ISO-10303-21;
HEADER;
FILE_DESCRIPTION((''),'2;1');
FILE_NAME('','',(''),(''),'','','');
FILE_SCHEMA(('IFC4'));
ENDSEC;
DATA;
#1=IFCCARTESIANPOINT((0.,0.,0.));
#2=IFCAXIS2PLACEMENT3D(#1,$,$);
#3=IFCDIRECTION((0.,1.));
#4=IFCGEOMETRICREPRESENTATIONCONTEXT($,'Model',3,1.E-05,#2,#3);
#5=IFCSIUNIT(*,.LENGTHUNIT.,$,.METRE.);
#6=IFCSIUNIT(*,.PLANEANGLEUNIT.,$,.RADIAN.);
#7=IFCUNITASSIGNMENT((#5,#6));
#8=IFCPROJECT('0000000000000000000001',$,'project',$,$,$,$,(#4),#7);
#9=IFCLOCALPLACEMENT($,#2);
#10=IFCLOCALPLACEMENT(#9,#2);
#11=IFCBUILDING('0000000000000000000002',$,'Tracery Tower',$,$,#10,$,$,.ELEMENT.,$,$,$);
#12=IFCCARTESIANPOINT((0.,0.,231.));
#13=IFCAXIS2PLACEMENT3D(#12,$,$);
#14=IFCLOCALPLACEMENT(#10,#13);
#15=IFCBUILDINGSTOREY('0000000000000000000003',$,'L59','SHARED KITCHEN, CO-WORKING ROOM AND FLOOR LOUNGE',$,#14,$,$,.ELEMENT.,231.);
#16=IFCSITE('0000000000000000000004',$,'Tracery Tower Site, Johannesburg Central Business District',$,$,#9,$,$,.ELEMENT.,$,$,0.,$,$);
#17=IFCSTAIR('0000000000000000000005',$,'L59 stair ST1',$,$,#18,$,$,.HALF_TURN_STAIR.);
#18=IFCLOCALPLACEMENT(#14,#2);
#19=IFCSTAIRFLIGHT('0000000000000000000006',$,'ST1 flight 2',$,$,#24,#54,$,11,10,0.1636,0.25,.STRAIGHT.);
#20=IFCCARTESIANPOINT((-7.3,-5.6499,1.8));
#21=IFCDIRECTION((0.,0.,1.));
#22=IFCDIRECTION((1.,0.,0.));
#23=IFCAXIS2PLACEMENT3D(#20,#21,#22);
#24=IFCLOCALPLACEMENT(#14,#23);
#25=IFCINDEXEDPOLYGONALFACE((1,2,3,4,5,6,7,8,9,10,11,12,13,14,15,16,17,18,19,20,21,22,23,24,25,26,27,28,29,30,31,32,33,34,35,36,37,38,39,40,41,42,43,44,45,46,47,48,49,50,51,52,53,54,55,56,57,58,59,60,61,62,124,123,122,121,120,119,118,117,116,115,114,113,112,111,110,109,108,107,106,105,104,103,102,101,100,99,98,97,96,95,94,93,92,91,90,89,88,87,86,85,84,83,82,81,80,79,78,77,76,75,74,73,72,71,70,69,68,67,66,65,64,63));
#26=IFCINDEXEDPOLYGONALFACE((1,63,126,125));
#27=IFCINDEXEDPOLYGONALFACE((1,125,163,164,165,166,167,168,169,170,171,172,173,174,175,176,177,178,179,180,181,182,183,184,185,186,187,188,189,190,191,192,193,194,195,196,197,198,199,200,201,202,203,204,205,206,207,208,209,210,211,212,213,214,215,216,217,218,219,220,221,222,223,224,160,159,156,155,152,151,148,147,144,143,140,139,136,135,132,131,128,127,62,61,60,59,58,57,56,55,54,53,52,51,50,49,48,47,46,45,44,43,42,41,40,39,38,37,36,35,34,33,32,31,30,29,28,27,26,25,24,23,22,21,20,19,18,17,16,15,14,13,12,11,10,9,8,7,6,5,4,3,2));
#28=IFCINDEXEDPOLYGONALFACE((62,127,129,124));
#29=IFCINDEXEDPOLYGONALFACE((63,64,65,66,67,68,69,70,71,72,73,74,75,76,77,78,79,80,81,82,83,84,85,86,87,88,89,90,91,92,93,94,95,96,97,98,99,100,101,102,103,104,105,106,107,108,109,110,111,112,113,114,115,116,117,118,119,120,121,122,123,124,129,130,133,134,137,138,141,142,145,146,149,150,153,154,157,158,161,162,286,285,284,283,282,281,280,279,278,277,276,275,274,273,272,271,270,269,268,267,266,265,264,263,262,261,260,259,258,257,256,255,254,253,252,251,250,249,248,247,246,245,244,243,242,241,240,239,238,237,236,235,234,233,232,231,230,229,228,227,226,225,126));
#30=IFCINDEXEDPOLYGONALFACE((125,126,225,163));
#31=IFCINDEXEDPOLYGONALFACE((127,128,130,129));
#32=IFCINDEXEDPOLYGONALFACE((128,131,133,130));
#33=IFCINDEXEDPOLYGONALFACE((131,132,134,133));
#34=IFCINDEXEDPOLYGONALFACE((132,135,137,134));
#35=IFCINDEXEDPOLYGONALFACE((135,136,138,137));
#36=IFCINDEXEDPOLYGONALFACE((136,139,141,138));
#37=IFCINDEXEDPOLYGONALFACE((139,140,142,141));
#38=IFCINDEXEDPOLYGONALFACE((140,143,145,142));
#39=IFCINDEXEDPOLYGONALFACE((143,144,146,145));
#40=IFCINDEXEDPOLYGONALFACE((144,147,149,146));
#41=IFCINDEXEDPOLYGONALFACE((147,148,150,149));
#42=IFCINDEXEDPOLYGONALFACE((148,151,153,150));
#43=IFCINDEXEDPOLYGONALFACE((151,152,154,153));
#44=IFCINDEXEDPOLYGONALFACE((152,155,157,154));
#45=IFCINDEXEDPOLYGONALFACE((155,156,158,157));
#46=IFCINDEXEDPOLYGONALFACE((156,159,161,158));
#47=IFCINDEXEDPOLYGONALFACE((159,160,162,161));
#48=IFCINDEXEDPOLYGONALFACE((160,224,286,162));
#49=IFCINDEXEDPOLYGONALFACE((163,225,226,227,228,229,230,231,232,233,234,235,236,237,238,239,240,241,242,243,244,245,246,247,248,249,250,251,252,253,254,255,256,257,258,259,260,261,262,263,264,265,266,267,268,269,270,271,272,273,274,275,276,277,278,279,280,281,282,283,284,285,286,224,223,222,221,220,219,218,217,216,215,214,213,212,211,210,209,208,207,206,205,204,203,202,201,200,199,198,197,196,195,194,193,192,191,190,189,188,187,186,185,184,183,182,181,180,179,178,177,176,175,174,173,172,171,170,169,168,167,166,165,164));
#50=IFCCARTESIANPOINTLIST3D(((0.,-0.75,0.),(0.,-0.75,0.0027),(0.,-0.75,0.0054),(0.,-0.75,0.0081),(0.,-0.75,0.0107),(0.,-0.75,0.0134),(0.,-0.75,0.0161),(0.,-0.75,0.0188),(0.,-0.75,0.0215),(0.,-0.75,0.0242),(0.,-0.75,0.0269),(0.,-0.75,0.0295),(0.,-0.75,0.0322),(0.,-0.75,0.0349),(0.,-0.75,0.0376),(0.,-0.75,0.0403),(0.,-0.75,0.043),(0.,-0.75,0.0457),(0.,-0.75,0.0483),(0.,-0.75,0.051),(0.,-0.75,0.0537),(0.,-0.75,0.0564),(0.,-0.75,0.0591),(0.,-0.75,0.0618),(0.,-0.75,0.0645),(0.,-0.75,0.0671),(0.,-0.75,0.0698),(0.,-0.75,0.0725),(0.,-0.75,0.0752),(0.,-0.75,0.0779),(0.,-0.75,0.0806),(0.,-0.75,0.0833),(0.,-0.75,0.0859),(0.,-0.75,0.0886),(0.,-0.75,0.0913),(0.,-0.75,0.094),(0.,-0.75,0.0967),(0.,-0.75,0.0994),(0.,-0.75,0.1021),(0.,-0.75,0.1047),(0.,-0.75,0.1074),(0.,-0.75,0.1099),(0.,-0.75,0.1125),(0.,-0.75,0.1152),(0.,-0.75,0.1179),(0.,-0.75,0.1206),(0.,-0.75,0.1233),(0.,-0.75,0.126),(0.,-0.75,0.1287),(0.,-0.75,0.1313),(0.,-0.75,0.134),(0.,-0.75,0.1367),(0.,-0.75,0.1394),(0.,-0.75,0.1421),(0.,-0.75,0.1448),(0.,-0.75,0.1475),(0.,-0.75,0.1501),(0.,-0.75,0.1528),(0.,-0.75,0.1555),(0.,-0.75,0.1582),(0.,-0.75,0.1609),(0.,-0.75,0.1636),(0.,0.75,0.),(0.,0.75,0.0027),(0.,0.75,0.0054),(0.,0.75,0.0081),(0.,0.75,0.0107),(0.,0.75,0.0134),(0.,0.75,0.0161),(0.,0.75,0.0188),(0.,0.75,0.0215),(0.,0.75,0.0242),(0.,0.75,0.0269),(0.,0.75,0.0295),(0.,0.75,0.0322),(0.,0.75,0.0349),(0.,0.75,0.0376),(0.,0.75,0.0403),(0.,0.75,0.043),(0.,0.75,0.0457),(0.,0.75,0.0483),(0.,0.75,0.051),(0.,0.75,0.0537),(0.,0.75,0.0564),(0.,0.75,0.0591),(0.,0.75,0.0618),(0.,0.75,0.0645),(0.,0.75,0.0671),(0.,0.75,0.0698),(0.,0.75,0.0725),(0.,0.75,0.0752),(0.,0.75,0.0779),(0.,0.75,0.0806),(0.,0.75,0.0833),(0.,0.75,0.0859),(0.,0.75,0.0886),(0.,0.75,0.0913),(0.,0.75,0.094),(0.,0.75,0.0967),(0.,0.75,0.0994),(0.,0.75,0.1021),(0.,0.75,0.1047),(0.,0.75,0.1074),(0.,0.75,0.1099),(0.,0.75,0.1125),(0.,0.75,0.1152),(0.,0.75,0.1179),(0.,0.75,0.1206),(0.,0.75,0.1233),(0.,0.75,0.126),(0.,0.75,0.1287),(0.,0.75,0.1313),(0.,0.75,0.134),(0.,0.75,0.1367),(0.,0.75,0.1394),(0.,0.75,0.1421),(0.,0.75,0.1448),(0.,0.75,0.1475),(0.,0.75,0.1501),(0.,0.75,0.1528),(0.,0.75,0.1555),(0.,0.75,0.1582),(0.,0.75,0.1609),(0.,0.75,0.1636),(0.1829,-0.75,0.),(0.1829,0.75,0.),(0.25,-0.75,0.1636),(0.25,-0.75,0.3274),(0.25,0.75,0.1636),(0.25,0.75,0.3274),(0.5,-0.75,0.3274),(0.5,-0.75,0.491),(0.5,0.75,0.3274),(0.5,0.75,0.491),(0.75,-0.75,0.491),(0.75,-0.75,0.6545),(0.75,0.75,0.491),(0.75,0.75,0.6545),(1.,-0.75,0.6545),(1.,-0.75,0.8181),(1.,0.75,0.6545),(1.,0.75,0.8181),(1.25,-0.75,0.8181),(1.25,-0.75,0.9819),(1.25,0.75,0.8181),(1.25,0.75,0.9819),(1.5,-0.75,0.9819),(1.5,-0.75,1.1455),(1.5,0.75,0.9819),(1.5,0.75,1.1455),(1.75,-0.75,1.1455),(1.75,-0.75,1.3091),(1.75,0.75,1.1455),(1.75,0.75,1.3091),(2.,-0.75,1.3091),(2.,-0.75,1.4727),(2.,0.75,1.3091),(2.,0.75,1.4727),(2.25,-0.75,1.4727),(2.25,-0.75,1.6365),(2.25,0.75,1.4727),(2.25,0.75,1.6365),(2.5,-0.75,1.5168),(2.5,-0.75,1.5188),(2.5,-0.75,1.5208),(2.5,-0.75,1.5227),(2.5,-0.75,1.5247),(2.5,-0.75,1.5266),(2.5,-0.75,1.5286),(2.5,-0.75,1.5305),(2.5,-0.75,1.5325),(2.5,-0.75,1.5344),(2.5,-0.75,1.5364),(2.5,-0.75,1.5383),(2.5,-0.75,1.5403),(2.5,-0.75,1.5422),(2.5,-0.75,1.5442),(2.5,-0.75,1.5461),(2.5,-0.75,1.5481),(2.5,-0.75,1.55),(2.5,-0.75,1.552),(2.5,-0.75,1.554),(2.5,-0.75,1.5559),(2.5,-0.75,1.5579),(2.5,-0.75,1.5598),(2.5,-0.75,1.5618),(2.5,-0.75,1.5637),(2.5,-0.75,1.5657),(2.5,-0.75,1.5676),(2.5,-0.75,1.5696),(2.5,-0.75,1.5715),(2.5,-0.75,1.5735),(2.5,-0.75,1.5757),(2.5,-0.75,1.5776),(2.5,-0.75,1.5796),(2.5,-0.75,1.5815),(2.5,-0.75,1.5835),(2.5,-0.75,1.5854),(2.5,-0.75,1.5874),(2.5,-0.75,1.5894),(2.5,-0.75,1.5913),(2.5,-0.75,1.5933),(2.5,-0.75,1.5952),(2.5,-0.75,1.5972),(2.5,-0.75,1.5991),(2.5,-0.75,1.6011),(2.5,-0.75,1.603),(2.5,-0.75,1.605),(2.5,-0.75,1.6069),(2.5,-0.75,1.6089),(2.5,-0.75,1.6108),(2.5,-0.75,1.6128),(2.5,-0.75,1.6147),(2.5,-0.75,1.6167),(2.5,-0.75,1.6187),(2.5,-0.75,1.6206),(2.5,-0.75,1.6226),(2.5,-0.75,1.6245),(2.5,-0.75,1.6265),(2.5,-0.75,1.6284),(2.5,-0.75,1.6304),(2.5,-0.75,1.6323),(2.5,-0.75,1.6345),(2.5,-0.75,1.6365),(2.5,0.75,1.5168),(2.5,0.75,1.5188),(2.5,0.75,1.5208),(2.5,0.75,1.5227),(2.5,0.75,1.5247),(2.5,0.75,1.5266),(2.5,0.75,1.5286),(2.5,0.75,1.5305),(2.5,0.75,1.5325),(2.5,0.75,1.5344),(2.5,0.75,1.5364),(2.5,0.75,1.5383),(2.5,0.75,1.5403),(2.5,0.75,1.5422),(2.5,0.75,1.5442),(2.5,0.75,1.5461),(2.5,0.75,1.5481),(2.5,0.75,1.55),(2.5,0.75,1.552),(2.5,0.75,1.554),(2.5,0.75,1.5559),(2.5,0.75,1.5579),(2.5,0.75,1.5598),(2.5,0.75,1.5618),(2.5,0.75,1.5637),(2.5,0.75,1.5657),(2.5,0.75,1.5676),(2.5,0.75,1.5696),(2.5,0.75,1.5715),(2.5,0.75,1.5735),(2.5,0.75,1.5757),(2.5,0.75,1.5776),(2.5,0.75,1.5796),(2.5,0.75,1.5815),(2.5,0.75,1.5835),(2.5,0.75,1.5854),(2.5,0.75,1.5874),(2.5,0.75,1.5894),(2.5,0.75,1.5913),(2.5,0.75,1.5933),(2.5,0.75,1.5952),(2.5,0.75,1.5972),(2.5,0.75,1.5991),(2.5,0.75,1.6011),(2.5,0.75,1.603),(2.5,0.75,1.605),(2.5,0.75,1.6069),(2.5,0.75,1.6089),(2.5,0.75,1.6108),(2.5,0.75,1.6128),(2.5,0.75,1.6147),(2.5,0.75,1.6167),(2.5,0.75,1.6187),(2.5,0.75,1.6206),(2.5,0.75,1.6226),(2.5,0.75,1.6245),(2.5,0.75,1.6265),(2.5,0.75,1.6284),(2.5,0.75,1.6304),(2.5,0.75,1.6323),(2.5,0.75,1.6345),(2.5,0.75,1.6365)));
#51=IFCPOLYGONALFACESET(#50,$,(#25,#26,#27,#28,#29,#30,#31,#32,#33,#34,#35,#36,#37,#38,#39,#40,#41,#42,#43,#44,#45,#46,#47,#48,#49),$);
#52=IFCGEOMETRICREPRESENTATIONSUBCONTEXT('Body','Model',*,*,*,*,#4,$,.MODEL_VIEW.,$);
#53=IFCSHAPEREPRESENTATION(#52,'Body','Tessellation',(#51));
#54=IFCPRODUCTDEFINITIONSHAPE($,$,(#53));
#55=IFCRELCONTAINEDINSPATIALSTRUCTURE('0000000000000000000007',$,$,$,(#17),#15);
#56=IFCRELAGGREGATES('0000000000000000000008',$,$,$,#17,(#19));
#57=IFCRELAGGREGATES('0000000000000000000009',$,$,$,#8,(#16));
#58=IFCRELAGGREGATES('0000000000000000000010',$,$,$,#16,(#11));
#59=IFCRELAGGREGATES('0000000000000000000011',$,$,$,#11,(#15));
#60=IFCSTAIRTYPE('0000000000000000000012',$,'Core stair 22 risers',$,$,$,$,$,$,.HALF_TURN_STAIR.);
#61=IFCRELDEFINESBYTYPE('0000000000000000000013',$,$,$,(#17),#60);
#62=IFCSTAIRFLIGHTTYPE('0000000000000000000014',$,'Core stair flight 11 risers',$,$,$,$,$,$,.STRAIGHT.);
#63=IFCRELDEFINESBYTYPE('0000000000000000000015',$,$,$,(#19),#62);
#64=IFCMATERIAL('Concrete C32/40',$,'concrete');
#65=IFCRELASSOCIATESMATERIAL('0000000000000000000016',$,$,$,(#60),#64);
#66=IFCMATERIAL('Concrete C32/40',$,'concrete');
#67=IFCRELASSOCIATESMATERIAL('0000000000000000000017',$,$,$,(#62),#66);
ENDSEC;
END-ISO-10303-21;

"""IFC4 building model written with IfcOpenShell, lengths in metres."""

from ifc_helpers import new_model, si_unit, direction, frame, origin, place, context, subcontext, project, spatial, polyline, outline, extrude, material, type_object, element, aggregate, save


model = new_model("IFC4")

# Units and contexts
model_context = context("Model", 3, precision=1e-05, world=origin(), true_north=direction((0.0, 1.0)))
body_context = subcontext(model_context, "Body", "Model", "MODEL_VIEW")
ifc_project = project(units=[si_unit("LENGTHUNIT", "METRE"), si_unit("PLANEANGLEUNIT", "RADIAN")], contexts=[model_context])

# Site, building, storey
site_placement = place(None, origin())
site = spatial("IfcSite", under=ifc_project, at=site_placement, Name="Tracery Tower Site, Johannesburg Central Business District", CompositionType="ELEMENT", RefElevation=0.0)
building_placement = place(site_placement, origin())
building = spatial("IfcBuilding", under=site, at=building_placement, Name="Tracery Tower", CompositionType="ELEMENT")
storey_placement = place(building_placement, frame((0.0, 0.0, 231.0)))
storey = spatial("IfcBuildingStorey", under=building, at=storey_placement, Name="L59", Description="SHARED KITCHEN, CO-WORKING ROOM AND FLOOR LOUNGE", CompositionType="ELEMENT", Elevation=231.0)

# Stair, stair flight
ifc_material_1 = material(Name="Concrete C32/40", Category="concrete")
stair_type = type_object("IfcStairType", Name="Core stair 22 risers", PredefinedType="HALF_TURN_STAIR", material=ifc_material_1)
stair_placement = place(storey_placement, origin())
stair = element("IfcStair", 1, at=stair_placement, inside=storey, type_object=stair_type, Name="L59 stair ST1", PredefinedType="HALF_TURN_STAIR")
ifc_material_2 = material(Name="Concrete C32/40", Category="concrete")
stair_flight_type = type_object("IfcStairFlightType", Name="Core stair flight 11 risers", PredefinedType="STRAIGHT", material=ifc_material_2)
stair_flight_1_placement = place(storey_placement, frame((-7.3, -5.6499, 1.8), z_axis=(0.0, 0.0, 1.0), x_axis=(1.0, 0.0, 0.0)))
stair_flight_1 = element("IfcStairFlight", 2, at=stair_flight_1_placement, type_object=stair_flight_type, Name="ST1 flight 2", NumberOfRisers=11, NumberOfTreads=10, PredefinedType="STRAIGHT", RiserHeight=0.1636, TreadLength=0.25, context=body_context, shape_type="SweptSolid", body=[
    extrude(outline(polyline([(0.0, 0.0), (0.0, 0.0027), (0.0, 0.0054), (0.0, 0.0081), (0.0, 0.0107), (0.0, 0.0134), (0.0, 0.0161), (0.0, 0.0188), (0.0, 0.0215), (0.0, 0.0242), (0.0, 0.0269), (0.0, 0.0295), (0.0, 0.0322), (0.0, 0.0349), (0.0, 0.0376), (0.0, 0.0403), (0.0, 0.043), (0.0, 0.0457), (0.0, 0.0483), (0.0, 0.051), (0.0, 0.0537), (0.0, 0.0564), (0.0, 0.0591), (0.0, 0.0618), (0.0, 0.0645), (0.0, 0.0671), (0.0, 0.0698), (0.0, 0.0725), (0.0, 0.0752), (0.0, 0.0779), (0.0, 0.0806), (0.0, 0.0833), (0.0, 0.0859), (0.0, 0.0886), (0.0, 0.0913), (0.0, 0.094), (0.0, 0.0967), (0.0, 0.0994), (0.0, 0.1021), (0.0, 0.1047), (0.0, 0.1074), (0.0, 0.1099), (0.0, 0.1125), (0.0, 0.1152), (0.0, 0.1179), (0.0, 0.1206), (0.0, 0.1233), (0.0, 0.126), (0.0, 0.1287), (0.0, 0.1313), (0.0, 0.134), (0.0, 0.1367), (0.0, 0.1394), (0.0, 0.1421), (0.0, 0.1448), (0.0, 0.1475), (0.0, 0.1501), (0.0, 0.1528), (0.0, 0.1555), (0.0, 0.1582), (0.0, 0.1609), (0.0, 0.1636), (0.25, 0.1636), (0.25, 0.3274), (0.5, 0.3274), (0.5, 0.491), (0.75, 0.491), (0.75, 0.6545), (1.0, 0.6545), (1.0, 0.8181), (1.25, 0.8181), (1.25, 0.9819), (1.5, 0.9819), (1.5, 1.1455), (1.75, 1.1455), (1.75, 1.3091), (2.0, 1.3091), (2.0, 1.4727), (2.25, 1.4727), (2.25, 1.6365), (2.5, 1.6365), (2.5, 1.6345), (2.5, 1.6323), (2.5, 1.6304), (2.5, 1.6284), (2.5, 1.6265), (2.5, 1.6245), (2.5, 1.6226), (2.5, 1.6206), (2.5, 1.6187), (2.5, 1.6167), (2.5, 1.6147), (2.5, 1.6128), (2.5, 1.6108), (2.5, 1.6089), (2.5, 1.6069), (2.5, 1.605), (2.5, 1.603), (2.5, 1.6011), (2.5, 1.5991), (2.5, 1.5972), (2.5, 1.5952), (2.5, 1.5933), (2.5, 1.5913), (2.5, 1.5894), (2.5, 1.5874), (2.5, 1.5854), (2.5, 1.5835), (2.5, 1.5815), (2.5, 1.5796), (2.5, 1.5776), (2.5, 1.5757), (2.5, 1.5735), (2.5, 1.5715), (2.5, 1.5696), (2.5, 1.5676), (2.5, 1.5657), (2.5, 1.5637), (2.5, 1.5618), (2.5, 1.5598), (2.5, 1.5579), (2.5, 1.5559), (2.5, 1.554), (2.5, 1.552), (2.5, 1.55), (2.5, 1.5481), (2.5, 1.5461), (2.5, 1.5442), (2.5, 1.5422), (2.5, 1.5403), (2.5, 1.5383), (2.5, 1.5364), (2.5, 1.5344), (2.5, 1.5325), (2.5, 1.5305), (2.5, 1.5286), (2.5, 1.5266), (2.5, 1.5247), (2.5, 1.5227), (2.5, 1.5208), (2.5, 1.5188), (2.5, 1.5168), (0.1829, 0.0), (0.0, 0.0)])), frame((0.0, 0.75, 0.0), z_axis=(0.0, -1.0, 0.0), x_axis=(1.0, 0.0, 0.0)), (0.0, 0.0, 1.0), 1.5),
])
aggregate(stair, [stair_flight_1])

save(model, "model.ifc")
